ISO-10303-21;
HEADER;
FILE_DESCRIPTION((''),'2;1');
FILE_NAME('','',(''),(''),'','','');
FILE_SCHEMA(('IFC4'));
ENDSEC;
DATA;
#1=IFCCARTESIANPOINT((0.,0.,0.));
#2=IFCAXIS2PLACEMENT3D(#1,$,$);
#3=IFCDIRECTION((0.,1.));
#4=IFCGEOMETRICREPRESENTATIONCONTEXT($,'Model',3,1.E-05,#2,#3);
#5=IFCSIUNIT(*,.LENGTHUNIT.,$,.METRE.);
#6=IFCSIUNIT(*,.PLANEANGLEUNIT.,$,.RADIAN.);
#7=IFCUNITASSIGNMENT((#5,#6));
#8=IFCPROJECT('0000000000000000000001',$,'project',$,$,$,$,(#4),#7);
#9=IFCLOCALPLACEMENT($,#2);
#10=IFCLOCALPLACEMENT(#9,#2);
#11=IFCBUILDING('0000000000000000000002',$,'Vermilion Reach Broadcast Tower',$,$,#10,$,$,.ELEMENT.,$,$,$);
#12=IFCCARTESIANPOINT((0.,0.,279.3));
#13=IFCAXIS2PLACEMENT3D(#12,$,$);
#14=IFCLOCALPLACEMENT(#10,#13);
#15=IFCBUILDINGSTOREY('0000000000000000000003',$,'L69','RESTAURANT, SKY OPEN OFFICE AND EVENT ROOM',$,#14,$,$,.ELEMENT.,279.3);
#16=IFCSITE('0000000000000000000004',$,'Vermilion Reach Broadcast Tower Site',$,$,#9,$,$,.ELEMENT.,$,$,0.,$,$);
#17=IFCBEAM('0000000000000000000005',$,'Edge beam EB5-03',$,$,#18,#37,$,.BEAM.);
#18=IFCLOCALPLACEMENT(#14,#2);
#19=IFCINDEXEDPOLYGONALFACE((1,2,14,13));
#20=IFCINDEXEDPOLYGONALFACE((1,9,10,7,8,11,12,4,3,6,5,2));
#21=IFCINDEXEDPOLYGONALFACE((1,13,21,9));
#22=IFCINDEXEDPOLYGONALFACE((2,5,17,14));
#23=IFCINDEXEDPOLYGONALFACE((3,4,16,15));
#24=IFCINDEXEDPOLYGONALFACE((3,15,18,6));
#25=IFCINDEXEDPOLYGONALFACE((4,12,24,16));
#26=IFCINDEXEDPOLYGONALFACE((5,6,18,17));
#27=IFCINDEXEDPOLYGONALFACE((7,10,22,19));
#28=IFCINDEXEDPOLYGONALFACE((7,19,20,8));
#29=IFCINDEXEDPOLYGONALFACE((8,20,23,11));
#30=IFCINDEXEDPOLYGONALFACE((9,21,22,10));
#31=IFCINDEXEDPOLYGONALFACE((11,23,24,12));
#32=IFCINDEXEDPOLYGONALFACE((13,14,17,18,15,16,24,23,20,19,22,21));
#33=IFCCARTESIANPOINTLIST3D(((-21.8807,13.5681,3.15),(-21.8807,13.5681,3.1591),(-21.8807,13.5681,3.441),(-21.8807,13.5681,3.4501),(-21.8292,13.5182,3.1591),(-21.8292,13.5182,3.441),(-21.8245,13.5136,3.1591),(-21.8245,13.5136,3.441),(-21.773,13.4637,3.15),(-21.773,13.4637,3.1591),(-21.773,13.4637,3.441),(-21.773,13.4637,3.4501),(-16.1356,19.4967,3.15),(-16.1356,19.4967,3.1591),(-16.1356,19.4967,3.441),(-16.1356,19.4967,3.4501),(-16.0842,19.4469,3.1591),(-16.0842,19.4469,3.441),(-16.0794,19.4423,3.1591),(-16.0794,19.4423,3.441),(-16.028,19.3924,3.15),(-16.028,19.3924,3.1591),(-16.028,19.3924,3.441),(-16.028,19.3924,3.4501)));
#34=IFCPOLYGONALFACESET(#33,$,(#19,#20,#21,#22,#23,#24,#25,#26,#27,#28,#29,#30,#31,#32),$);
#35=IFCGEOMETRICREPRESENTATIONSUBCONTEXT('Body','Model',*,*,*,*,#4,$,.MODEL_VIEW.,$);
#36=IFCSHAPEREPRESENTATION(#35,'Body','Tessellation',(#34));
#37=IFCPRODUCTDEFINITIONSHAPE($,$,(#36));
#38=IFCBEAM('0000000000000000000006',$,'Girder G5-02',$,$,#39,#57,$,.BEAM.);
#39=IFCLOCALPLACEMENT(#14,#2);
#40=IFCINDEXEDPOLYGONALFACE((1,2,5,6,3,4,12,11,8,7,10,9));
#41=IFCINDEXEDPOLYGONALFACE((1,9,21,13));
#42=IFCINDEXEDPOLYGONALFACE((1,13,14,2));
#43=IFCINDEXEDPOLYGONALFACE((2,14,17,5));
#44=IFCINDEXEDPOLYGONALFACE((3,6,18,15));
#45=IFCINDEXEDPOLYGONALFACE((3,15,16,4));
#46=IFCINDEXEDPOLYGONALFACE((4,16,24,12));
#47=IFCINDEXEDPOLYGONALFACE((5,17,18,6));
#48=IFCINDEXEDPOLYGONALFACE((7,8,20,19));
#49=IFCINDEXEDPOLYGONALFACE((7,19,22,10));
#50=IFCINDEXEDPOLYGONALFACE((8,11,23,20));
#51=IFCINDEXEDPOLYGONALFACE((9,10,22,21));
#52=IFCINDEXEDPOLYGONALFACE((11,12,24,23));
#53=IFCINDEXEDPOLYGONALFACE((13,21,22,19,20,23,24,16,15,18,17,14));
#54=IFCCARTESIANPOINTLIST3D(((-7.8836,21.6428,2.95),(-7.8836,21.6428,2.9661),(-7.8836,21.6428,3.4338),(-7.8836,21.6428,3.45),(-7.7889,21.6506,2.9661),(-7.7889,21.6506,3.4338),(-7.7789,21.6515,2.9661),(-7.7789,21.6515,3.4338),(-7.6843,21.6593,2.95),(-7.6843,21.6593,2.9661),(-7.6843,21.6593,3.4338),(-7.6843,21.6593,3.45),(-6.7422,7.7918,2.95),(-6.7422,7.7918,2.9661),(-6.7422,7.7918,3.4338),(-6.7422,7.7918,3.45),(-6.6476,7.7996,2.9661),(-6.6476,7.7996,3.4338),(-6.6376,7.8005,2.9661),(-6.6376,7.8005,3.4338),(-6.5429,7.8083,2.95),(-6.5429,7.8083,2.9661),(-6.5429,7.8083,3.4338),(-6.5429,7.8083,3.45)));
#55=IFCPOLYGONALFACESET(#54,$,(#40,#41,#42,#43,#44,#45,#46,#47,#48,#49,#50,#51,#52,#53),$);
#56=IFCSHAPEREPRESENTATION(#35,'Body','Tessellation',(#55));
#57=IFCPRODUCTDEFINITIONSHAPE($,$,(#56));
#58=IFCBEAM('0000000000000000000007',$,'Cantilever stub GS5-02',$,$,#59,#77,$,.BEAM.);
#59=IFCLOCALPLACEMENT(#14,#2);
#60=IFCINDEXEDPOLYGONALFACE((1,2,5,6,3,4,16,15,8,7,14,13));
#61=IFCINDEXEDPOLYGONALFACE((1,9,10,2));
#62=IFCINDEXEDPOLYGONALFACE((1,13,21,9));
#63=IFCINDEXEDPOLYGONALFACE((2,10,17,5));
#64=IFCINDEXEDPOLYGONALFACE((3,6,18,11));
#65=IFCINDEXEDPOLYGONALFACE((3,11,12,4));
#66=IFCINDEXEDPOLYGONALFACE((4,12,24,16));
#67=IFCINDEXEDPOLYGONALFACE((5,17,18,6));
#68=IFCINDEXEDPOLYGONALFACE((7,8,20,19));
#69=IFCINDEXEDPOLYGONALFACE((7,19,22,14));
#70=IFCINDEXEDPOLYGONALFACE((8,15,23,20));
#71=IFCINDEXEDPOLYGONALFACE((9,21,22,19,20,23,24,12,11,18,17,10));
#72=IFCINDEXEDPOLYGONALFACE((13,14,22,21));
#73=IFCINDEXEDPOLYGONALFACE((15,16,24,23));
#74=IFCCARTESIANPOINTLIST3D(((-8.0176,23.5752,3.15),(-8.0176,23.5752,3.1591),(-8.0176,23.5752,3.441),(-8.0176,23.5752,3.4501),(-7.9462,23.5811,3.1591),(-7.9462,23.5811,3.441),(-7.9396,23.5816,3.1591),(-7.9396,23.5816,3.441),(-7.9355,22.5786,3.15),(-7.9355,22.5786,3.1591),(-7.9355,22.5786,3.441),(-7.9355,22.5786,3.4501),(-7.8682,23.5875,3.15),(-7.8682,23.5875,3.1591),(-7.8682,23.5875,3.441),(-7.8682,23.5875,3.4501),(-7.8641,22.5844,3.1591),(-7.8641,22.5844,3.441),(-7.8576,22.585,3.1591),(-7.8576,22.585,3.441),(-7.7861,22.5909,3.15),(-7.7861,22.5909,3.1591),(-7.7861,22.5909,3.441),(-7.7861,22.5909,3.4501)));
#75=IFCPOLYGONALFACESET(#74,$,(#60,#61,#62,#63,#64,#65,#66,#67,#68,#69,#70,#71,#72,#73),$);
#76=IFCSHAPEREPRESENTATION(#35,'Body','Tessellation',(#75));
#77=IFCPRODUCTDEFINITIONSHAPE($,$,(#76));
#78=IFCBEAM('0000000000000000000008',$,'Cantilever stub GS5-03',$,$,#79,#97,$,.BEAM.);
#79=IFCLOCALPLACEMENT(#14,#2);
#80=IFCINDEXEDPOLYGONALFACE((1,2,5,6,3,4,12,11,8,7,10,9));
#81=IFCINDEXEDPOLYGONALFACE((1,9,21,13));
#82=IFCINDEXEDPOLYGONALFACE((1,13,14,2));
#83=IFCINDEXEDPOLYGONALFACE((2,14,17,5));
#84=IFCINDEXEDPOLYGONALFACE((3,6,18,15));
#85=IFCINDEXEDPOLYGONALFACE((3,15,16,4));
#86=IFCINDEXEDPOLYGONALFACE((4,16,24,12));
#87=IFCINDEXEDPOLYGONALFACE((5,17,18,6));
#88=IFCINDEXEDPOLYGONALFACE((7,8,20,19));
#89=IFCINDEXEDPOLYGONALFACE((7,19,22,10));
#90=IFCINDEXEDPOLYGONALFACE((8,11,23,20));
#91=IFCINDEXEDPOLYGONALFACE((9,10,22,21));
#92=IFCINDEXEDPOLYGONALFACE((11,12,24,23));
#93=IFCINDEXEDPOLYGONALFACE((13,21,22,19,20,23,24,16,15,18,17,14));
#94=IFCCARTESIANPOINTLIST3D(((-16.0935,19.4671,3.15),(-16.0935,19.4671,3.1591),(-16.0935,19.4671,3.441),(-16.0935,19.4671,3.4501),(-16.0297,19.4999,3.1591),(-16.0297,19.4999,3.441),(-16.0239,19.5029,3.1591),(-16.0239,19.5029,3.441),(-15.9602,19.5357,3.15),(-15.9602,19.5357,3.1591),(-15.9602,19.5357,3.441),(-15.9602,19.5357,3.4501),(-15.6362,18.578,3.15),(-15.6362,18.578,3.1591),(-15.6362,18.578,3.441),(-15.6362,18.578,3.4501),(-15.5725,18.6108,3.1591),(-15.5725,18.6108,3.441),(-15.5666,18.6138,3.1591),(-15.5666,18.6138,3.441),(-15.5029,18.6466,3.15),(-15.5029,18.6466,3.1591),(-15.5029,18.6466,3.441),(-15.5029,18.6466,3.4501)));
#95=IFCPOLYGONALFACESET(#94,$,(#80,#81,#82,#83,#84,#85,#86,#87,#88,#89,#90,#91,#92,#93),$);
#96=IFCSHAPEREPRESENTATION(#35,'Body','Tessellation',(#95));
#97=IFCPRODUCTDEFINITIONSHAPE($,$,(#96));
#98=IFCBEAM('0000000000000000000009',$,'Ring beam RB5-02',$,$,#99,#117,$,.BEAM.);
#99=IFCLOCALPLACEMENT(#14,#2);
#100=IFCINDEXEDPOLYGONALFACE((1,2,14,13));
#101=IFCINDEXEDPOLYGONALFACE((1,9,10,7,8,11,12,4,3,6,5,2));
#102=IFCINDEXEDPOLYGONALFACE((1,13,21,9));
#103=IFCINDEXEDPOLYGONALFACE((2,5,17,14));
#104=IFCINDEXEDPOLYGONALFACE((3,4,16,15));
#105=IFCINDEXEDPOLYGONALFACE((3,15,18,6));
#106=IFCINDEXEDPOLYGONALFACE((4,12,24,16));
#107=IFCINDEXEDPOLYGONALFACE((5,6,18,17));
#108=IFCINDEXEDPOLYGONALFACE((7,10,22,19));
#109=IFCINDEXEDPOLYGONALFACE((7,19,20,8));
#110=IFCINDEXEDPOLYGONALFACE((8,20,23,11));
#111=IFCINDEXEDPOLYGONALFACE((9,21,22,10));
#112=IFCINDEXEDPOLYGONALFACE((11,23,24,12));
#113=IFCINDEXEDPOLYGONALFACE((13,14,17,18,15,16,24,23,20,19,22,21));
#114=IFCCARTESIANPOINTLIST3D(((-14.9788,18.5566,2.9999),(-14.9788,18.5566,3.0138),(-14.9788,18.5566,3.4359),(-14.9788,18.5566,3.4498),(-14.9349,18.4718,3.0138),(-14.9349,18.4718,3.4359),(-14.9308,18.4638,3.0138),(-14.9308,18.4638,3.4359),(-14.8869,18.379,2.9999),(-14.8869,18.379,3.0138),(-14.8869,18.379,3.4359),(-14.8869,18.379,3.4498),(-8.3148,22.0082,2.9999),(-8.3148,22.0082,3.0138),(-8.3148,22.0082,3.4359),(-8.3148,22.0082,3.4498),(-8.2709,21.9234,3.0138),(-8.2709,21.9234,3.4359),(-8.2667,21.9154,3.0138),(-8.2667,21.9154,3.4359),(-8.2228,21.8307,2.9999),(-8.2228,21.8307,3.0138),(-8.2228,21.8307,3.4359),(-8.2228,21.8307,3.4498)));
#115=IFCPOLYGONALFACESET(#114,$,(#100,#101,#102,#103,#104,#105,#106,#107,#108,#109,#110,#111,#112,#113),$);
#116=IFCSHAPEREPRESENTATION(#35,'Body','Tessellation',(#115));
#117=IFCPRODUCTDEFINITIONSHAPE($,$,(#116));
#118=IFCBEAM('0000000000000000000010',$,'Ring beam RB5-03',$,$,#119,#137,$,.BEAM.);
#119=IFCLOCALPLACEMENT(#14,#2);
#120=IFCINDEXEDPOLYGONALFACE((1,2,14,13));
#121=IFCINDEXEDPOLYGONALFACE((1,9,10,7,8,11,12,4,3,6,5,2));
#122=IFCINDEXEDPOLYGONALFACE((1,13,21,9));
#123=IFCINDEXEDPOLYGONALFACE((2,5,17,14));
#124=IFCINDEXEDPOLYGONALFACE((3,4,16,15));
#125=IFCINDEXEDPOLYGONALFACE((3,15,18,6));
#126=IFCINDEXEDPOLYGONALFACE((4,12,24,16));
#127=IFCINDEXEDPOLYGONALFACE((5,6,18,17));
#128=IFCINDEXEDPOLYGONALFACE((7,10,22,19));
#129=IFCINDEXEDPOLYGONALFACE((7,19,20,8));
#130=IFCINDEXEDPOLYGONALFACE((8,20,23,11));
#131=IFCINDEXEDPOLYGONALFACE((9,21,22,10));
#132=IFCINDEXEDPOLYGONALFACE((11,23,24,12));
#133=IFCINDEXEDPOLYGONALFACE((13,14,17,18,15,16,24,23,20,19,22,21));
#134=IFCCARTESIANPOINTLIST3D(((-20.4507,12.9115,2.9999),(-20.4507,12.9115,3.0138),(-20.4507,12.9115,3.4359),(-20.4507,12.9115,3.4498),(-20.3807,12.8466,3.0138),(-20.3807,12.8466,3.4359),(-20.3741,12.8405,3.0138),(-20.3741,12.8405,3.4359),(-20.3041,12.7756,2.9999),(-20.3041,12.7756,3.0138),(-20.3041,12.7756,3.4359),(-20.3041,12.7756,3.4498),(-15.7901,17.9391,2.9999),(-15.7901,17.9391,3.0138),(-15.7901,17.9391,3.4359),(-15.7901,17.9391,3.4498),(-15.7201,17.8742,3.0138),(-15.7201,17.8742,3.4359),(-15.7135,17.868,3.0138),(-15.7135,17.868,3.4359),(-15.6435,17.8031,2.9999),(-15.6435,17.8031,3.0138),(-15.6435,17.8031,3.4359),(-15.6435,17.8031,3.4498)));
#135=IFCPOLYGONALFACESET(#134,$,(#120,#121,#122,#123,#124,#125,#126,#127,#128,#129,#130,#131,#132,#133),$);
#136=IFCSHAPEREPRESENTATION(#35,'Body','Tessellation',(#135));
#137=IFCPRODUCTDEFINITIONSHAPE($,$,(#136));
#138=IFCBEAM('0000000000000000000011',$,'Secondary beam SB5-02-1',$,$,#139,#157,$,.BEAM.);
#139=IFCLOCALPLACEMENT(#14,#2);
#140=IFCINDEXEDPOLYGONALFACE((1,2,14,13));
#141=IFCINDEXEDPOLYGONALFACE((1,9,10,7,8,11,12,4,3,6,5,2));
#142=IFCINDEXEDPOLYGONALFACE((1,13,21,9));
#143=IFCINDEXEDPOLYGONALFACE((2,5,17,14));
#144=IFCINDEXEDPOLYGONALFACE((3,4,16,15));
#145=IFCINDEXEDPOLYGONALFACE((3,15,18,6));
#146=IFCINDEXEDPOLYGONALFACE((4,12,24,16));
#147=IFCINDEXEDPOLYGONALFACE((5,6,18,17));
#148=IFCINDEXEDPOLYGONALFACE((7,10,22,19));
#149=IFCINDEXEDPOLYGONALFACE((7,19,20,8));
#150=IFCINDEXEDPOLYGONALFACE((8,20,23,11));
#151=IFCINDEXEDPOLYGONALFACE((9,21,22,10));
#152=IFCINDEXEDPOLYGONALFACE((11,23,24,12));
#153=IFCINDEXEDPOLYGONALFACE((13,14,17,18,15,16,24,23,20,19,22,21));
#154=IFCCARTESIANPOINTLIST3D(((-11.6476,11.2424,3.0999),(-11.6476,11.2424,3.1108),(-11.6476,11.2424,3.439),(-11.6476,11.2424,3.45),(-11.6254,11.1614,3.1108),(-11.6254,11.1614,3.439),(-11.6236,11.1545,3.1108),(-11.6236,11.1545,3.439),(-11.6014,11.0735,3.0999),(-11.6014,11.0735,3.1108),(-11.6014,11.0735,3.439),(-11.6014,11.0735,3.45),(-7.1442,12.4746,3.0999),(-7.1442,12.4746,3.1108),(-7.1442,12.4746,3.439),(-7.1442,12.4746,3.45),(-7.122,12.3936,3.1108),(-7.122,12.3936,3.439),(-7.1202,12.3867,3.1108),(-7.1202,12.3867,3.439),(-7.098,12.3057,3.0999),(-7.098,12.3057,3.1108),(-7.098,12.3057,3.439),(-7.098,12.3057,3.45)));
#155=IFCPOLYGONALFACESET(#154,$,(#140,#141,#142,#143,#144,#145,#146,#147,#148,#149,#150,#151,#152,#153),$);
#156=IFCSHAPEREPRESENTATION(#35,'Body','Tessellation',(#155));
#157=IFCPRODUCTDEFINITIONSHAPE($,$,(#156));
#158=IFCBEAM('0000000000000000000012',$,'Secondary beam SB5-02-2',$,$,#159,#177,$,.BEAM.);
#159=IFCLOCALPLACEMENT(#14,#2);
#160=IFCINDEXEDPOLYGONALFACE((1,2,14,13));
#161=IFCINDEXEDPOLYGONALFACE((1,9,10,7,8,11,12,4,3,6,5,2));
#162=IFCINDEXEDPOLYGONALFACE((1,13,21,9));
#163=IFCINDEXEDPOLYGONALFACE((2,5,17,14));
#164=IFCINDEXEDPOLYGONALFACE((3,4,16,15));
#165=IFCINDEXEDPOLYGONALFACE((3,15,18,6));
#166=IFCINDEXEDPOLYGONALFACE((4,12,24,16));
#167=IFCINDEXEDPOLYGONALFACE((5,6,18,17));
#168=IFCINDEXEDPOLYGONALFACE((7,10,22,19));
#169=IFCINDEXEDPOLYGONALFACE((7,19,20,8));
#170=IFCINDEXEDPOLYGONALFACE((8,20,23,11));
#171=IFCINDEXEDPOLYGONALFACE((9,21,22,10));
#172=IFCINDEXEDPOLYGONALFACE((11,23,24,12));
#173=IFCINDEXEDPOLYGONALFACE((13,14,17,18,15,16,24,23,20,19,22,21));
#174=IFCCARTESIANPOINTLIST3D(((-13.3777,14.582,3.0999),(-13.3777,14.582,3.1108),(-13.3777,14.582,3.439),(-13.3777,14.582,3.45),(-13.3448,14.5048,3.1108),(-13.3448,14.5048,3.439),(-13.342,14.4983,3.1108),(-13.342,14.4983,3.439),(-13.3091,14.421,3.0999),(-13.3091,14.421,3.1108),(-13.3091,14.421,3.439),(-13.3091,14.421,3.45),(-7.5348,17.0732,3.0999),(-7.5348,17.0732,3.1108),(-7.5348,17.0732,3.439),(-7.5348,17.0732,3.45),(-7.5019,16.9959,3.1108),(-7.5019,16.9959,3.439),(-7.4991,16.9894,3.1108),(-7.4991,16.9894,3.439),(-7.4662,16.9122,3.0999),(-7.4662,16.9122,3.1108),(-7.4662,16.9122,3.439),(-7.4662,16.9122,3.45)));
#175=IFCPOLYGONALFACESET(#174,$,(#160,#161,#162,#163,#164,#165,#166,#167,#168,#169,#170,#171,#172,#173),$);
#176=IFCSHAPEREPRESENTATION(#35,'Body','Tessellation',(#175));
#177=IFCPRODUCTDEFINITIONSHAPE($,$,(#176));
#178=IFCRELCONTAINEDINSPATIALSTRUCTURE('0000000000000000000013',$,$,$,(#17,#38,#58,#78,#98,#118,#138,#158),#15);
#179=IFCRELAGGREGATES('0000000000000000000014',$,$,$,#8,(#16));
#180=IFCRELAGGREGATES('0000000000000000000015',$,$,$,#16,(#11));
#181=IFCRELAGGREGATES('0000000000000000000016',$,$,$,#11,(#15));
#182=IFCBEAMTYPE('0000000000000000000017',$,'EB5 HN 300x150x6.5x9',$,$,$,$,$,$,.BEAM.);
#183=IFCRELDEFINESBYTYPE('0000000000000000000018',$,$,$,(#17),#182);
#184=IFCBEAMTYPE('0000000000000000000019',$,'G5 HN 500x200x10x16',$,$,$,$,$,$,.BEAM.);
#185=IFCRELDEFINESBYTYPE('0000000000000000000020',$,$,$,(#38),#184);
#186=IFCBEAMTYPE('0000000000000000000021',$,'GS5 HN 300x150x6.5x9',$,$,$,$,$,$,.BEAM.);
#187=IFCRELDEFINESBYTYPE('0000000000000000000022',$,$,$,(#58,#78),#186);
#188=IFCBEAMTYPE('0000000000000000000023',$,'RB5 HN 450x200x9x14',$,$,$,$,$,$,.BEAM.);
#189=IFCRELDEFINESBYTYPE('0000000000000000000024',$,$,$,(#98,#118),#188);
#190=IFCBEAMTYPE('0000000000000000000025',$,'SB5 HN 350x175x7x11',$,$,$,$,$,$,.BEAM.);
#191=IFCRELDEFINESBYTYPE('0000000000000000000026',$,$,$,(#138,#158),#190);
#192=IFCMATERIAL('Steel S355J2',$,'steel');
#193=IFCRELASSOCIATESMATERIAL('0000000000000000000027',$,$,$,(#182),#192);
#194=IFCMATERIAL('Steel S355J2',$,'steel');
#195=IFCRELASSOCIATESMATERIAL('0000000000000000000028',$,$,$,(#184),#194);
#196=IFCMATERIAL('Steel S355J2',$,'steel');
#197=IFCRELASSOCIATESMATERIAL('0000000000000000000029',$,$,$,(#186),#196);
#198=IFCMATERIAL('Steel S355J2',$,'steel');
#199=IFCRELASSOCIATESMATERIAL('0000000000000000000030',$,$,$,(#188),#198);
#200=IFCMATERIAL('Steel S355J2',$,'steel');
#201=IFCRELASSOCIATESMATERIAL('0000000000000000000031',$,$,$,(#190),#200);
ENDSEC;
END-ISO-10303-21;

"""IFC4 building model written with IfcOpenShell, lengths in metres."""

from ifc_helpers import new_model, si_unit, direction, frame, origin, origin_2d, place, context, subcontext, project, spatial, i_section, extrude, material, material_profile, profile_set, type_object, element, save


model = new_model("IFC4")

# Units and contexts
model_context = context("Model", 3, precision=1e-05, world=origin(), true_north=direction((0.0, 1.0)))
body_context = subcontext(model_context, "Body", "Model", "MODEL_VIEW")
ifc_project = project(units=[si_unit("LENGTHUNIT", "METRE"), si_unit("PLANEANGLEUNIT", "RADIAN")], contexts=[model_context])

# Site, building, storey
site_placement = place(None, origin())
site = spatial("IfcSite", under=ifc_project, at=site_placement, Name="Vermilion Reach Broadcast Tower Site", CompositionType="ELEMENT", RefElevation=0.0)
building_placement = place(site_placement, origin())
building = spatial("IfcBuilding", under=site, at=building_placement, Name="Vermilion Reach Broadcast Tower", CompositionType="ELEMENT")
storey_placement = place(building_placement, frame((0.0, 0.0, 279.3)))
storey = spatial("IfcBuildingStorey", under=building, at=storey_placement, Name="L69", Description="RESTAURANT, SKY OPEN OFFICE AND EVENT ROOM", CompositionType="ELEMENT", Elevation=279.3)

# Beams
ifc_material_1 = material(Name="Steel S355J2", Category="steel")
ifc_material_profile_1 = material_profile(ifc_material_1, i_section(OverallWidth=0.1499, OverallDepth=0.3, WebThickness=0.0066, FlangeThickness=0.009, at=origin_2d()), Name="S355J2 HN 300x150x6.5x9")
ifc_profile_set_1 = profile_set([ifc_material_profile_1], Name="Steel S355J2")
beam_type_1 = type_object("IfcBeamType", Name="EB5 HN 300x150x6.5x9", PredefinedType="BEAM", material=ifc_profile_set_1)
beam_1_placement = place(storey_placement, frame((-16.0818, 19.4446, 3.3), z_axis=(-0.6959, -0.718139, 0.0), x_axis=(0.718139, -0.6959, 0.0)))
element("IfcBeam", 1, at=beam_1_placement, inside=storey, type_object=beam_type_1, Name="Edge beam EB5-03", PredefinedType="BEAM", context=body_context, shape_type="SweptSolid", body=[
    extrude(i_section(OverallWidth=0.1499, OverallDepth=0.3, WebThickness=0.0066, FlangeThickness=0.009, at=origin_2d()), origin(), (0.0, 0.0, 1.0), 8.2556),
])
ifc_material_2 = material(Name="Steel S355J2", Category="steel")
ifc_material_profile_2 = material_profile(ifc_material_2, i_section(OverallWidth=0.2, OverallDepth=0.5, WebThickness=0.01, FlangeThickness=0.0161, at=origin_2d()), Name="S355J2 HN 500x200x10x16")
ifc_profile_set_2 = profile_set([ifc_material_profile_2], Name="Steel S355J2")
beam_type_2 = type_object("IfcBeamType", Name="G5 HN 500x200x10x16", PredefinedType="BEAM", material=ifc_profile_set_2)
beam_2_placement = place(storey_placement, frame((-6.6426, 7.8, 3.2), z_axis=(-0.082124, 0.996622, 0.0), x_axis=(-0.996622, -0.082124, 0.0)))
element("IfcBeam", 2, at=beam_2_placement, inside=storey, type_object=beam_type_2, Name="Girder G5-02", PredefinedType="BEAM", context=body_context, shape_type="SweptSolid", body=[
    extrude(i_section(OverallWidth=0.2, OverallDepth=0.5, WebThickness=0.01, FlangeThickness=0.0161, at=origin_2d()), origin(), (0.0, 0.0, 1.0), 13.8979),
])
ifc_material_3 = material(Name="Steel S355J2", Category="steel")
ifc_material_profile_3 = material_profile(ifc_material_3, i_section(OverallWidth=0.1499, OverallDepth=0.3, WebThickness=0.0066, FlangeThickness=0.009, at=origin_2d()), Name="S355J2 HN 300x150x6.5x9")
ifc_profile_set_3 = profile_set([ifc_material_profile_3], Name="Steel S355J2")
beam_type_3 = type_object("IfcBeamType", Name="GS5 HN 300x150x6.5x9", PredefinedType="BEAM", material=ifc_profile_set_3)
beam_3_placement = place(storey_placement, frame((-7.8608, 22.5847, 3.3), z_axis=(-0.082035, 0.996629, 0.0), x_axis=(-0.996629, -0.082035, 0.0)))
element("IfcBeam", 3, at=beam_3_placement, inside=storey, type_object=beam_type_3, Name="Cantilever stub GS5-02", PredefinedType="BEAM", context=body_context, shape_type="SweptSolid", body=[
    extrude(i_section(OverallWidth=0.1499, OverallDepth=0.3, WebThickness=0.0066, FlangeThickness=0.009, at=origin_2d()), origin(), (0.0, 0.0, 1.0), 1.0),
])
beam_4_placement = place(storey_placement, frame((-15.5696, 18.6123, 3.3), z_axis=(-0.457342, 0.889291, 0.0), x_axis=(-0.889291, -0.457342, 0.0)))
element("IfcBeam", 4, at=beam_4_placement, inside=storey, type_object=beam_type_3, Name="Cantilever stub GS5-03", PredefinedType="BEAM", context=body_context, shape_type="SweptSolid", body=[
    extrude(i_section(OverallWidth=0.1499, OverallDepth=0.3, WebThickness=0.0066, FlangeThickness=0.009, at=origin_2d()), origin(), (0.0, 0.0, 1.0), 0.9998),
])
ifc_material_4 = material(Name="Steel S355J2", Category="steel")
ifc_material_profile_4 = material_profile(ifc_material_4, i_section(OverallWidth=0.2, OverallDepth=0.45, WebThickness=0.009, FlangeThickness=0.0139, at=origin_2d()), Name="S355J2 HN 450x200x9x14")
ifc_profile_set_4 = profile_set([ifc_material_profile_4], Name="Steel S355J2")
beam_type_4 = type_object("IfcBeamType", Name="RB5 HN 450x200x9x14", PredefinedType="BEAM", material=ifc_profile_set_4)
beam_5_placement = place(storey_placement, frame((-8.2688, 21.9194, 3.2249), z_axis=(-0.88796, -0.45992, 0.0), x_axis=(0.45992, -0.88796, 0.0)))
element("IfcBeam", 5, at=beam_5_placement, inside=storey, type_object=beam_type_4, Name="Ring beam RB5-02", PredefinedType="BEAM", context=body_context, shape_type="SweptSolid", body=[
    extrude(i_section(OverallWidth=0.2, OverallDepth=0.45, WebThickness=0.009, FlangeThickness=0.0139, at=origin_2d()), origin(), (0.0, 0.0, 1.0), 7.5049),
])
beam_6_placement = place(storey_placement, frame((-15.7168, 17.8711, 3.2249), z_axis=(-0.679838, -0.733363, 0.0), x_axis=(0.733363, -0.679838, 0.0)))
element("IfcBeam", 6, at=beam_6_placement, inside=storey, type_object=beam_type_4, Name="Ring beam RB5-03", PredefinedType="BEAM", context=body_context, shape_type="SweptSolid", body=[
    extrude(i_section(OverallWidth=0.2, OverallDepth=0.45, WebThickness=0.009, FlangeThickness=0.0139, at=origin_2d()), origin(), (0.0, 0.0, 1.0), 6.8555),
])
ifc_material_5 = material(Name="Steel S355J2", Category="steel")
ifc_material_profile_5 = material_profile(ifc_material_5, i_section(OverallWidth=0.175, OverallDepth=0.3501, WebThickness=0.0071, FlangeThickness=0.011, at=origin_2d()), Name="S355J2 HN 350x175x7x11")
ifc_profile_set_5 = profile_set([ifc_material_profile_5], Name="Steel S355J2")
beam_type_5 = type_object("IfcBeamType", Name="SB5 HN 350x175x7x11", PredefinedType="BEAM", material=ifc_profile_set_5)
beam_7_placement = place(storey_placement, frame((-7.1211, 12.3901, 3.2749), z_axis=(-0.964547, -0.263909, 0.0), x_axis=(0.263909, -0.964547, 0.0)))
element("IfcBeam", 7, at=beam_7_placement, inside=storey, type_object=beam_type_5, Name="Secondary beam SB5-02-1", PredefinedType="BEAM", context=body_context, shape_type="SweptSolid", body=[
    extrude(i_section(OverallWidth=0.175, OverallDepth=0.3501, WebThickness=0.0071, FlangeThickness=0.011, at=origin_2d()), origin(), (0.0, 0.0, 1.0), 4.6689),
])
beam_8_placement = place(storey_placement, frame((-7.5005, 16.9927, 3.2749), z_axis=(-0.919881, -0.392198, 0.0), x_axis=(0.392198, -0.919881, 0.0)))
element("IfcBeam", 8, at=beam_8_placement, inside=storey, type_object=beam_type_5, Name="Secondary beam SB5-02-2", PredefinedType="BEAM", context=body_context, shape_type="SweptSolid", body=[
    extrude(i_section(OverallWidth=0.175, OverallDepth=0.3501, WebThickness=0.0071, FlangeThickness=0.011, at=origin_2d()), origin(), (0.0, 0.0, 1.0), 6.3518),
])

save(model, "model.ifc")
